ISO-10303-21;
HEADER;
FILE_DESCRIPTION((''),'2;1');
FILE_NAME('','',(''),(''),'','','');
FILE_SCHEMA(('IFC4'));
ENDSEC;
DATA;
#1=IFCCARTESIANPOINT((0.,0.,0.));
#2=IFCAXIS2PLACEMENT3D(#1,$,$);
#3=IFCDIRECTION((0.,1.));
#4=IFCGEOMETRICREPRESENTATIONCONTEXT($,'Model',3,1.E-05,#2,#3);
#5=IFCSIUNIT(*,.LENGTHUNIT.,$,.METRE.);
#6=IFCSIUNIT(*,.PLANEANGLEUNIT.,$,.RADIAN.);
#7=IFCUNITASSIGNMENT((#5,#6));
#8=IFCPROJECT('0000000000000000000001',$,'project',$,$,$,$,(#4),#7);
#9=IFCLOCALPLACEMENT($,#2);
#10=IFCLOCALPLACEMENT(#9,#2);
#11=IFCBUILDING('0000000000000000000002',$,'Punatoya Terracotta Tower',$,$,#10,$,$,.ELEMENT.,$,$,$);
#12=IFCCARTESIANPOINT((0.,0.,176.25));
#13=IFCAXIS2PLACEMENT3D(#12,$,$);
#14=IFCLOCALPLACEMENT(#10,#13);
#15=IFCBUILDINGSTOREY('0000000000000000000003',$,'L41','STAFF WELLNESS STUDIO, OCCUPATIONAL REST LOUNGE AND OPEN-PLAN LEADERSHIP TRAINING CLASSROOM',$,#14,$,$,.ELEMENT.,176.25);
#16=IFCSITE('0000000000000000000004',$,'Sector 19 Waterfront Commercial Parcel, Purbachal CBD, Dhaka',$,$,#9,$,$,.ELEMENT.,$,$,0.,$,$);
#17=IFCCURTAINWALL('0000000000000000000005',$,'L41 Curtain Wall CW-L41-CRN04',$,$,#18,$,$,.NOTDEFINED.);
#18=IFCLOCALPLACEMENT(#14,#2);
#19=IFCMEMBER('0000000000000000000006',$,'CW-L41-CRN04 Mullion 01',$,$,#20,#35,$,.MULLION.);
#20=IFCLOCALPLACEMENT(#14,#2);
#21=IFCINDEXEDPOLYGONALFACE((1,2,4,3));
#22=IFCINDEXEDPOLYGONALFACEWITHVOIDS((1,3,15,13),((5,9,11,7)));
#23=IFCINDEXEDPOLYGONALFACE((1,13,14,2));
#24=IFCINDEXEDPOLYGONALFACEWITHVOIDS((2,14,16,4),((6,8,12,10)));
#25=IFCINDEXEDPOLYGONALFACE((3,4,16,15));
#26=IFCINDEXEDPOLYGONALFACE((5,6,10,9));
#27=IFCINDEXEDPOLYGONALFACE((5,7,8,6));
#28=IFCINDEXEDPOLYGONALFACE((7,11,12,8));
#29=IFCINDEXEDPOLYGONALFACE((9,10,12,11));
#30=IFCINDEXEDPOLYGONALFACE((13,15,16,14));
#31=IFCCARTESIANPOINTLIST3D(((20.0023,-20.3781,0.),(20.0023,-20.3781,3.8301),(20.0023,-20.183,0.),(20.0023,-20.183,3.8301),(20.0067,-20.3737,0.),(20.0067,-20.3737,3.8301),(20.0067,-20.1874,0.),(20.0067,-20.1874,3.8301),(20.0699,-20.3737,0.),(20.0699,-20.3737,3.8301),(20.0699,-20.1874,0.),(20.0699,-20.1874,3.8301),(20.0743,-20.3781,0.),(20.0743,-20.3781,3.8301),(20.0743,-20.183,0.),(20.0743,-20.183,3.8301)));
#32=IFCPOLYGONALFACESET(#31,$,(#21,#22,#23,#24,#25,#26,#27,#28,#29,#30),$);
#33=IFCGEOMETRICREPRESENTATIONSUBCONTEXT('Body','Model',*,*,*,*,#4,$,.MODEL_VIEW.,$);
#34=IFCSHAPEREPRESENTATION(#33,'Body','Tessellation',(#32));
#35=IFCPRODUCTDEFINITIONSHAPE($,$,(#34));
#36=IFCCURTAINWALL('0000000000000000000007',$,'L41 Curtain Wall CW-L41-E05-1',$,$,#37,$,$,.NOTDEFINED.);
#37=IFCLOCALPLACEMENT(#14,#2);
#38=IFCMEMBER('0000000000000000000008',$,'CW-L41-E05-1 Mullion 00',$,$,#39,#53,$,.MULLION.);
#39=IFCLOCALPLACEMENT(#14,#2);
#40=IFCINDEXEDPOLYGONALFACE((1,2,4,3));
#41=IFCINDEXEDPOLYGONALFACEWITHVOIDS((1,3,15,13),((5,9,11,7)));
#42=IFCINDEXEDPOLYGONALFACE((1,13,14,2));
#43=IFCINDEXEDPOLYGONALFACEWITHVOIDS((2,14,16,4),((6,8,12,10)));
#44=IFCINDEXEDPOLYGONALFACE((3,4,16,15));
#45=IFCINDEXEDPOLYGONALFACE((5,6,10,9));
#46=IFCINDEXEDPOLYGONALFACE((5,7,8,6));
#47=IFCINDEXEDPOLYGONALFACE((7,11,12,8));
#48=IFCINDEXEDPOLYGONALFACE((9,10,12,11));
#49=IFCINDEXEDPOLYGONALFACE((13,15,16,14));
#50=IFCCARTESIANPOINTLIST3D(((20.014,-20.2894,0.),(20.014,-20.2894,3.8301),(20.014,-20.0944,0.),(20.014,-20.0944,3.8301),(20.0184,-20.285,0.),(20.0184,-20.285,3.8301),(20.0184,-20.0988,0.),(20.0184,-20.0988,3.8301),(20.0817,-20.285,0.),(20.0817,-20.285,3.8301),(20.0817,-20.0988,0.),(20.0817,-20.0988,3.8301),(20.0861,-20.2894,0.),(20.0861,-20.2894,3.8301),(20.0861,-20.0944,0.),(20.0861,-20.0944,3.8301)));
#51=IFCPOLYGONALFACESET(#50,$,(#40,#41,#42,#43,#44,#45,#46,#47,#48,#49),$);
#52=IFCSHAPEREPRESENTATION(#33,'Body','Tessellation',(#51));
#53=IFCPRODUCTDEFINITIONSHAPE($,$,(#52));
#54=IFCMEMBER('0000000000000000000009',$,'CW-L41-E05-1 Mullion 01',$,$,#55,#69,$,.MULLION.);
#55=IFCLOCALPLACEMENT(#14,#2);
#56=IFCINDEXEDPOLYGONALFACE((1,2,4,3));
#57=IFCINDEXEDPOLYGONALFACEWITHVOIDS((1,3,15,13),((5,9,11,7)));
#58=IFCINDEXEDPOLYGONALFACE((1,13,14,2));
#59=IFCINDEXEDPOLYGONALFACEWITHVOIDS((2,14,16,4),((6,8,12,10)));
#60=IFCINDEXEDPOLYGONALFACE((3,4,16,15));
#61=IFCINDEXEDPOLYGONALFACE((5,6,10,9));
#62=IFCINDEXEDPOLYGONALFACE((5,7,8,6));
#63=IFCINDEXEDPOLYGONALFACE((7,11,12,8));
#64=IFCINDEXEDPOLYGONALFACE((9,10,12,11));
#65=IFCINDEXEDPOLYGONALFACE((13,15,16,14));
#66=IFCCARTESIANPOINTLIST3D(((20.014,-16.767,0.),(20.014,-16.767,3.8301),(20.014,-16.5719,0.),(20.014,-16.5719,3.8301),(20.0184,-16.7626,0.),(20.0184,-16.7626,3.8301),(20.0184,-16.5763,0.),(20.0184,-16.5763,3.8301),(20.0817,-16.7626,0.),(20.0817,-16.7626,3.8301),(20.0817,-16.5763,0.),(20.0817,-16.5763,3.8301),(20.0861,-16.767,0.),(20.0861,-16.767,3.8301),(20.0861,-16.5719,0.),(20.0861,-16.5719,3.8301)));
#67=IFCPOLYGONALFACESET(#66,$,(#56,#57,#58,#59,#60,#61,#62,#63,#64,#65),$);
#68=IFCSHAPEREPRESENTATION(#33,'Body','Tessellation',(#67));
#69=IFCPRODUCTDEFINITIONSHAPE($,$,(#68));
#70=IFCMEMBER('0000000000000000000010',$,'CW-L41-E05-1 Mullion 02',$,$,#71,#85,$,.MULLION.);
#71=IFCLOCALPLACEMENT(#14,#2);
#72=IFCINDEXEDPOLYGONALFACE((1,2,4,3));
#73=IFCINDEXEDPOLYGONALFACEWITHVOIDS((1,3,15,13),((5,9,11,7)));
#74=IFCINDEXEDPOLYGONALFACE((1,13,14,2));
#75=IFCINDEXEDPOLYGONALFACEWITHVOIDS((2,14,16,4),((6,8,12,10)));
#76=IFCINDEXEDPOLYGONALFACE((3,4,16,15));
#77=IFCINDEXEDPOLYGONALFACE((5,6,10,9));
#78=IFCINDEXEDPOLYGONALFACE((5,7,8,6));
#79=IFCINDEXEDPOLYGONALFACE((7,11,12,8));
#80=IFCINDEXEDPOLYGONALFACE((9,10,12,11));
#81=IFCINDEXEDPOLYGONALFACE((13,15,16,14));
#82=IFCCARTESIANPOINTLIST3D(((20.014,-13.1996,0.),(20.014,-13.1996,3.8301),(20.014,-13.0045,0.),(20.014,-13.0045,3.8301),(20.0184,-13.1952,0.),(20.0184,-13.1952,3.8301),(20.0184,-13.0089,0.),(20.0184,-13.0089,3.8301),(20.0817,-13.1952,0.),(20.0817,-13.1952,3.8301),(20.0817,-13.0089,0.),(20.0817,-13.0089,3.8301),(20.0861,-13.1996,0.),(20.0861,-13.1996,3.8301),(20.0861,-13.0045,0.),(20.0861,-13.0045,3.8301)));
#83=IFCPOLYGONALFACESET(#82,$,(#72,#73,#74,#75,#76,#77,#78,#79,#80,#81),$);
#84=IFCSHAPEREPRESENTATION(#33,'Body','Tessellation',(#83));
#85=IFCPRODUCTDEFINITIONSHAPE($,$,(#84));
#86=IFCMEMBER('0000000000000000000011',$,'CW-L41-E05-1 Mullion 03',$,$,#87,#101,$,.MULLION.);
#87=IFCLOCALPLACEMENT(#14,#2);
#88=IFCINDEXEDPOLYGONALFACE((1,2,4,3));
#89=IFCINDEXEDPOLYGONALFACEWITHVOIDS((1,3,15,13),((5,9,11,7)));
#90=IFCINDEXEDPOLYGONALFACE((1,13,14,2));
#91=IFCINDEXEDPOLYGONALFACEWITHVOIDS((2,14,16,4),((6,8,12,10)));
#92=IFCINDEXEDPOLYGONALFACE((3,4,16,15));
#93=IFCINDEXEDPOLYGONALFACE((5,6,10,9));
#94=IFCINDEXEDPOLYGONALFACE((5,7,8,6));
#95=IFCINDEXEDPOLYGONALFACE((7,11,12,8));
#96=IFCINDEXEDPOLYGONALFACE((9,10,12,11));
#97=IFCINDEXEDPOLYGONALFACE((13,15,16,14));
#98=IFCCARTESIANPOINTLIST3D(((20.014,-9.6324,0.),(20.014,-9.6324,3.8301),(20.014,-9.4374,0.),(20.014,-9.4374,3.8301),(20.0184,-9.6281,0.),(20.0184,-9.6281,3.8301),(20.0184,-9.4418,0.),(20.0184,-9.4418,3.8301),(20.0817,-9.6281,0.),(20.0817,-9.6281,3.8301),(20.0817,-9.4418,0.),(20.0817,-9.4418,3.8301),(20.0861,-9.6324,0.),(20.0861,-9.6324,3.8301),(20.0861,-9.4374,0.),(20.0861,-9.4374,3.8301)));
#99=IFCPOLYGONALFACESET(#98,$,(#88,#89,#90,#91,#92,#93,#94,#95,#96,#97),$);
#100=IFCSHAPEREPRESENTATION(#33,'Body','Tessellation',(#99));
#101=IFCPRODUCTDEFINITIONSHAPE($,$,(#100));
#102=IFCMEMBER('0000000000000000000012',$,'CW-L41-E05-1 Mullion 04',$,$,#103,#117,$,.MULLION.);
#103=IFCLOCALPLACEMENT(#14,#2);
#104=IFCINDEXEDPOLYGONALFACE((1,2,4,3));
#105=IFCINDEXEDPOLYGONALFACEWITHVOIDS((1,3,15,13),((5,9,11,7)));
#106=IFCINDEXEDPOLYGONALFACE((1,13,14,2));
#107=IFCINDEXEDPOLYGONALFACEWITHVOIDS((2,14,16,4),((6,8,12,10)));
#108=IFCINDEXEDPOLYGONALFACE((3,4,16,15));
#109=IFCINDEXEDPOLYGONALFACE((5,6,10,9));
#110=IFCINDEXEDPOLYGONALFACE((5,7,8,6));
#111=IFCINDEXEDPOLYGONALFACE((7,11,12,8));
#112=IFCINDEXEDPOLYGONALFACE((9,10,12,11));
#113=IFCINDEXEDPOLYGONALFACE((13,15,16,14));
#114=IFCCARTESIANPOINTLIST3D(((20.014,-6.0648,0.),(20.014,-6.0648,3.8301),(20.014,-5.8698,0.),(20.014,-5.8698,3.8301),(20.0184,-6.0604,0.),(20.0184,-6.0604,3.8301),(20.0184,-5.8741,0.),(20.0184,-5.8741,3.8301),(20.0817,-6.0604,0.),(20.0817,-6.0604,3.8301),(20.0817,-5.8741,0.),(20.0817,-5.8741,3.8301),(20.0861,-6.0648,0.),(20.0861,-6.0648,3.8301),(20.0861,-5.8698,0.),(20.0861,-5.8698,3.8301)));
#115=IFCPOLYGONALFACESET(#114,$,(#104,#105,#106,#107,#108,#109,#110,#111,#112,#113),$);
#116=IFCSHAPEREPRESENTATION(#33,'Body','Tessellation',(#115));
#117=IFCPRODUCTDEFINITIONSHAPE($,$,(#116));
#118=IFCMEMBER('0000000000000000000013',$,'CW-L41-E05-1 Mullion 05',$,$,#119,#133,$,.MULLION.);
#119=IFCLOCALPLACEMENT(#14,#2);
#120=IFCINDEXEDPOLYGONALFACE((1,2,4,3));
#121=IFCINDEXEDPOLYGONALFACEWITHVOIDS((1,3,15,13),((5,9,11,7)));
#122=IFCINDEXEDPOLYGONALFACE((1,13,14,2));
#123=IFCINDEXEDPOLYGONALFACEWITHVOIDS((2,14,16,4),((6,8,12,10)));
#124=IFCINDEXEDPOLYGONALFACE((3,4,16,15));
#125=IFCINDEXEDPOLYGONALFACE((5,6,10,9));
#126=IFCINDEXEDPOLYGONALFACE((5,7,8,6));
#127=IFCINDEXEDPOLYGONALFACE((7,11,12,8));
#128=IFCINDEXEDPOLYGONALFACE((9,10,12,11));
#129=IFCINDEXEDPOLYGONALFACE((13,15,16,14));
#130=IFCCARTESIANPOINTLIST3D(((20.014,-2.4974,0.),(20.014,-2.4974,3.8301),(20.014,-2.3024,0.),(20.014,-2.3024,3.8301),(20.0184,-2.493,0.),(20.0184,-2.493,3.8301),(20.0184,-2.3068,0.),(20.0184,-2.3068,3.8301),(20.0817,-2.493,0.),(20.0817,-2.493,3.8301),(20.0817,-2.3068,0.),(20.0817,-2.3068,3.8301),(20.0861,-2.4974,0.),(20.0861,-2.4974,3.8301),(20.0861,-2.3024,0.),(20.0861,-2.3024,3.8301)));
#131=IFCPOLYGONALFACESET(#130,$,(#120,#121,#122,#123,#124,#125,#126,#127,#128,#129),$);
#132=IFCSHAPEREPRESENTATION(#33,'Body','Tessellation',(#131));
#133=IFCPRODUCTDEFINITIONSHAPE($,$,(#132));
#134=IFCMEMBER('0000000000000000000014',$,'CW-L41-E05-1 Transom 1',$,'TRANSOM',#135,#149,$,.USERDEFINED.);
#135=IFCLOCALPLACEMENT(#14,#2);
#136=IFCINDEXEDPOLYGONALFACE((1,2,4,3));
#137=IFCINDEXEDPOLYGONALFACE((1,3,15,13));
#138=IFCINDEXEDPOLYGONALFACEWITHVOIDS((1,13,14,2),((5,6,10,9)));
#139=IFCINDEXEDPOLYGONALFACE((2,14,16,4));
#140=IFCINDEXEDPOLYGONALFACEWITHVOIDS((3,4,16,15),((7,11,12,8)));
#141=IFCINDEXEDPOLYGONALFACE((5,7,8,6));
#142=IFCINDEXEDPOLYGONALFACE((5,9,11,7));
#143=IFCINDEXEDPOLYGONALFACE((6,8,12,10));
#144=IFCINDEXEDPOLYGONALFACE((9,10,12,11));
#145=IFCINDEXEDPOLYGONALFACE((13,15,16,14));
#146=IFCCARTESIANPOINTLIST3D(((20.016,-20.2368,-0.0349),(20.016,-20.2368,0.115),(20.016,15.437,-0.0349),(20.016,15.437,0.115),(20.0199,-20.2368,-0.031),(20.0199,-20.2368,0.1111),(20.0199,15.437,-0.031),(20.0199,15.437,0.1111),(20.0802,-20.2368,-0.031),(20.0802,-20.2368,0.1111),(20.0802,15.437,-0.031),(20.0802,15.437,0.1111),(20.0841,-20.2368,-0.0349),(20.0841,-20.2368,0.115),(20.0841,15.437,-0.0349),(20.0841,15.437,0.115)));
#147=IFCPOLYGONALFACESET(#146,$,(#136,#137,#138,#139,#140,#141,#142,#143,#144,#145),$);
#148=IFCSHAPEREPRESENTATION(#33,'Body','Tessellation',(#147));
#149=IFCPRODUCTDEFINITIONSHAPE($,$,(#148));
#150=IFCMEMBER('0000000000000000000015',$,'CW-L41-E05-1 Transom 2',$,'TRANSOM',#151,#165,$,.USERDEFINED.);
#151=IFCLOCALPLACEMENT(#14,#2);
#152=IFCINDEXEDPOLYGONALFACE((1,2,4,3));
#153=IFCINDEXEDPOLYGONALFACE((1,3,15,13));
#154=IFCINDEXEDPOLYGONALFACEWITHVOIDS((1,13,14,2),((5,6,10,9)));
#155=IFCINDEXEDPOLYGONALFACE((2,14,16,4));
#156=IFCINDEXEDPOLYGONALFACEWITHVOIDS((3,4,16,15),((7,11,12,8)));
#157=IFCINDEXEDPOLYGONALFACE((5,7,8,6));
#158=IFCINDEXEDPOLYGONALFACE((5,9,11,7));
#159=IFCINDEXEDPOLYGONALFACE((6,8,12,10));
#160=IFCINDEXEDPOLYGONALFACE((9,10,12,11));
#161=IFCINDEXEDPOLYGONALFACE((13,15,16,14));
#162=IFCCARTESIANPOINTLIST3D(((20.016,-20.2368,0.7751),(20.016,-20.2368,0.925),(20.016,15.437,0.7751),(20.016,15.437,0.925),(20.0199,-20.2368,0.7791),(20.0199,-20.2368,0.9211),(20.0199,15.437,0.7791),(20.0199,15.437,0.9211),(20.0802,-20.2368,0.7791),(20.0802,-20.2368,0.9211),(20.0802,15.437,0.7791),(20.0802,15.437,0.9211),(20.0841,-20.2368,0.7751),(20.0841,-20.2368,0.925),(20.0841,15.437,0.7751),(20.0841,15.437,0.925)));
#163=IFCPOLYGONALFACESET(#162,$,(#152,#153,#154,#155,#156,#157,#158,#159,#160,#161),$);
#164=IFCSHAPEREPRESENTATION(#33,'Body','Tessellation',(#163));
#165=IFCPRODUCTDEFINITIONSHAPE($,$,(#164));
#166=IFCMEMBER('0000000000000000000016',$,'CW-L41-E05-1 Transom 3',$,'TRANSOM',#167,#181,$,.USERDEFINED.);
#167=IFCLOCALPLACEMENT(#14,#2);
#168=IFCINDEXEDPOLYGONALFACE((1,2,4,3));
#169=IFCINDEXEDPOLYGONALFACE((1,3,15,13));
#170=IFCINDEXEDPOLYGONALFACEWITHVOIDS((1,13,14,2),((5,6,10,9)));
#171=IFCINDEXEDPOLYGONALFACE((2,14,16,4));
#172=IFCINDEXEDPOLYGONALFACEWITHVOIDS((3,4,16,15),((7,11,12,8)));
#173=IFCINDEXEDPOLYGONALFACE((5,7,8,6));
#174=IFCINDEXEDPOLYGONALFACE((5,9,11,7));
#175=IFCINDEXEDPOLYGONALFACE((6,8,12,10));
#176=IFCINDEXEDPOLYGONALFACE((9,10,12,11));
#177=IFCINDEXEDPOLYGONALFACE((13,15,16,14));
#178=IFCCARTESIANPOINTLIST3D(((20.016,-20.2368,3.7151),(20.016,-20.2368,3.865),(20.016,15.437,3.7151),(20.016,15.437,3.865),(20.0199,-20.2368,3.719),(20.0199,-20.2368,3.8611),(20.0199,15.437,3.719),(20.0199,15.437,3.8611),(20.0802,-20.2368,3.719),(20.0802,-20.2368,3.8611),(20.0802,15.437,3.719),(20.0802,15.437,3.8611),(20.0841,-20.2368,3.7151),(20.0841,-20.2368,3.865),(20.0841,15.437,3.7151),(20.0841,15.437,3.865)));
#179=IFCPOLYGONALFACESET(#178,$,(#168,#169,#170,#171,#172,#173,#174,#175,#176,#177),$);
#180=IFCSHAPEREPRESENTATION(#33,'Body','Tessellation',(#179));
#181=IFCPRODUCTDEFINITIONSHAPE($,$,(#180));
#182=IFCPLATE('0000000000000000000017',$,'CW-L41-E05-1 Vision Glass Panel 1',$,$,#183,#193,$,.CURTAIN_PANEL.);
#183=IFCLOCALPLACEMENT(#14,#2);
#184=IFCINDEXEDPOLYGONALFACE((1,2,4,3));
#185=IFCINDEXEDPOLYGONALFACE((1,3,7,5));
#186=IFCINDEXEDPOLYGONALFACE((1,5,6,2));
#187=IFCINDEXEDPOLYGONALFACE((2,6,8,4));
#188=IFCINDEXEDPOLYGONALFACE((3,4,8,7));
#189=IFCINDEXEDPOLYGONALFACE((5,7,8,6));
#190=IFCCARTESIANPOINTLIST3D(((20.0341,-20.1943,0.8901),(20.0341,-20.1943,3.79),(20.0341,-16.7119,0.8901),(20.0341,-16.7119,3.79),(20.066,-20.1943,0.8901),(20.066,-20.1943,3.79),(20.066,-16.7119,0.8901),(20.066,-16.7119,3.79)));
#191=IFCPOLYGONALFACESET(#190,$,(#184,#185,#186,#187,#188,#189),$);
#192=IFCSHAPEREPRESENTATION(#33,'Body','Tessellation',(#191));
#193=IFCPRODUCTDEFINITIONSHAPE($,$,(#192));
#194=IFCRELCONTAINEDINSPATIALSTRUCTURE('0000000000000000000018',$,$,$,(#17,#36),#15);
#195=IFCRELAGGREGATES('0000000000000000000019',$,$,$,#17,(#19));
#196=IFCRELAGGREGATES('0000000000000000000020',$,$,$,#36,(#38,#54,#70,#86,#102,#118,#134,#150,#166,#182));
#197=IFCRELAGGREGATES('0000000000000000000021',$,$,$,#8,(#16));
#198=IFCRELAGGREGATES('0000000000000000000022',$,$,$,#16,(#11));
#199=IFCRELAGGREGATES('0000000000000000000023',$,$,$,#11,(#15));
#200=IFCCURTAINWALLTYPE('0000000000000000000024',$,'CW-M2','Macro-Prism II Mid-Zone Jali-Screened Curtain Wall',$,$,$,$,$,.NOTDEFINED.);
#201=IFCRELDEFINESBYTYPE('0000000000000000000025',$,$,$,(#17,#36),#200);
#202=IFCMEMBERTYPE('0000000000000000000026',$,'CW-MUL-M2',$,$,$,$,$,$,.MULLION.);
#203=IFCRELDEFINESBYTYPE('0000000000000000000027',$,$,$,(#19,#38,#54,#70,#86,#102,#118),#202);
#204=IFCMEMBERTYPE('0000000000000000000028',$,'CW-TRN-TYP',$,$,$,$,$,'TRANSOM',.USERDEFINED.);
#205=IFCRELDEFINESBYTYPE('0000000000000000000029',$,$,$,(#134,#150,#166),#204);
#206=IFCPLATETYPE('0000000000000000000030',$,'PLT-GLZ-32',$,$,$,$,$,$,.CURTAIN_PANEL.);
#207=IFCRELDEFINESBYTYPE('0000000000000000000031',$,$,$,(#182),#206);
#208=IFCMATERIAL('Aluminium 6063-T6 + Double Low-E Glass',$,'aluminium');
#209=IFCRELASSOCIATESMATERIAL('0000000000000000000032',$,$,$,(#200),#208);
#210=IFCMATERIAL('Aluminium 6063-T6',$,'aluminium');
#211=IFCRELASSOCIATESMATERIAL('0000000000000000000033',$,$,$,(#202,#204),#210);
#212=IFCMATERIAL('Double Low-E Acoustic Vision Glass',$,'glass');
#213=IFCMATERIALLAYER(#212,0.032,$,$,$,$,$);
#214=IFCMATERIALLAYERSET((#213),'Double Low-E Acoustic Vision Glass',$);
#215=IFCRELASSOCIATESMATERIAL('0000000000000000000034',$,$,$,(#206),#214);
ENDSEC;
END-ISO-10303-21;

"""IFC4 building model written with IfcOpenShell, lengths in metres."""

from ifc_helpers import new_model, si_unit, direction, frame, origin, origin_2d, place, context, subcontext, project, spatial, rectangle, hollow_rectangle, extrude, material, layer, layer_set, material_profile, profile_set, type_object, element, aggregate, save


model = new_model("IFC4")

# Units and contexts
model_context = context("Model", 3, precision=1e-05, world=origin(), true_north=direction((0.0, 1.0)))
body_context = subcontext(model_context, "Body", "Model", "MODEL_VIEW")
ifc_project = project(units=[si_unit("LENGTHUNIT", "METRE"), si_unit("PLANEANGLEUNIT", "RADIAN")], contexts=[model_context])

# Site, building, storey
site_placement = place(None, origin())
site = spatial("IfcSite", under=ifc_project, at=site_placement, Name="Sector 19 Waterfront Commercial Parcel, Purbachal CBD, Dhaka", CompositionType="ELEMENT", RefElevation=0.0)
building_placement = place(site_placement, origin())
building = spatial("IfcBuilding", under=site, at=building_placement, Name="Punatoya Terracotta Tower", CompositionType="ELEMENT")
storey_placement = place(building_placement, frame((0.0, 0.0, 176.25)))
storey = spatial("IfcBuildingStorey", under=building, at=storey_placement, Name="L41", Description="STAFF WELLNESS STUDIO, OCCUPATIONAL REST LOUNGE AND OPEN-PLAN LEADERSHIP TRAINING CLASSROOM", CompositionType="ELEMENT", Elevation=176.25)

# Curtain wall, member
ifc_material_1 = material(Name="Aluminium 6063-T6 + Double Low-E Glass", Category="aluminium")
curtain_wall_type = type_object("IfcCurtainWallType", Name="CW-M2", Description="Macro-Prism II Mid-Zone Jali-Screened Curtain Wall", PredefinedType="NOTDEFINED", material=ifc_material_1)
curtain_wall_1_placement = place(storey_placement, origin())
curtain_wall_1 = element("IfcCurtainWall", 1, at=curtain_wall_1_placement, inside=storey, type_object=curtain_wall_type, Name="L41 Curtain Wall CW-L41-CRN04", PredefinedType="NOTDEFINED")
ifc_material_2 = material(Name="Aluminium 6063-T6", Category="aluminium")
ifc_material_profile_1 = material_profile(ifc_material_2, hollow_rectangle(XDim=0.072, YDim=0.1951, WallThickness=0.0044, at=origin_2d()))
ifc_profile_set_1 = profile_set([ifc_material_profile_1], Name="Aluminium 6063-T6")
member_type_1 = type_object("IfcMemberType", Name="CW-MUL-M2", PredefinedType="MULLION", material=ifc_profile_set_1)
member_1_placement = place(storey_placement, frame((20.0383, -20.2805, 0.0), z_axis=(0.0, 0.0, 1.0), x_axis=(1.0, 0.0, 0.0)))
member_1 = element("IfcMember", 2, at=member_1_placement, type_object=member_type_1, Name="CW-L41-CRN04 Mullion 01", PredefinedType="MULLION", context=body_context, shape_type="SweptSolid", body=[
    extrude(hollow_rectangle(XDim=0.072, YDim=0.1951, WallThickness=0.0044, at=origin_2d()), origin(), (0.0, 0.0, 1.0), 3.8301),
])
aggregate(curtain_wall_1, [member_1])

# Curtain wall, members, plate
curtain_wall_2_placement = place(storey_placement, origin())
curtain_wall_2 = element("IfcCurtainWall", 3, at=curtain_wall_2_placement, inside=storey, type_object=curtain_wall_type, Name="L41 Curtain Wall CW-L41-E05-1", PredefinedType="NOTDEFINED")
member_2_placement = place(storey_placement, frame((20.05, -20.1919, 0.0), z_axis=(0.0, 0.0, 1.0), x_axis=(1.0, 0.0, 0.0)))
member_2 = element("IfcMember", 4, at=member_2_placement, type_object=member_type_1, Name="CW-L41-E05-1 Mullion 00", PredefinedType="MULLION", context=body_context, shape_type="SweptSolid", body=[
    extrude(hollow_rectangle(XDim=0.072, YDim=0.1951, WallThickness=0.0044, at=origin_2d()), origin(), (0.0, 0.0, 1.0), 3.8301),
])
member_3_placement = place(storey_placement, frame((20.05, -16.6694, 0.0), z_axis=(0.0, 0.0, 1.0), x_axis=(1.0, 0.0, 0.0)))
member_3 = element("IfcMember", 5, at=member_3_placement, type_object=member_type_1, Name="CW-L41-E05-1 Mullion 01", PredefinedType="MULLION", context=body_context, shape_type="SweptSolid", body=[
    extrude(hollow_rectangle(XDim=0.072, YDim=0.1951, WallThickness=0.0044, at=origin_2d()), origin(), (0.0, 0.0, 1.0), 3.8301),
])
member_4_placement = place(storey_placement, frame((20.05, -13.1021, 0.0), z_axis=(0.0, 0.0, 1.0), x_axis=(1.0, 0.0, 0.0)))
member_4 = element("IfcMember", 6, at=member_4_placement, type_object=member_type_1, Name="CW-L41-E05-1 Mullion 02", PredefinedType="MULLION", context=body_context, shape_type="SweptSolid", body=[
    extrude(hollow_rectangle(XDim=0.072, YDim=0.1951, WallThickness=0.0044, at=origin_2d()), origin(), (0.0, 0.0, 1.0), 3.8301),
])
member_5_placement = place(storey_placement, frame((20.05, -9.5349, 0.0), z_axis=(0.0, 0.0, 1.0), x_axis=(1.0, 0.0, 0.0)))
member_5 = element("IfcMember", 7, at=member_5_placement, type_object=member_type_1, Name="CW-L41-E05-1 Mullion 03", PredefinedType="MULLION", context=body_context, shape_type="SweptSolid", body=[
    extrude(hollow_rectangle(XDim=0.072, YDim=0.1951, WallThickness=0.0044, at=origin_2d()), origin(), (0.0, 0.0, 1.0), 3.8301),
])
member_6_placement = place(storey_placement, frame((20.05, -5.9673, 0.0), z_axis=(0.0, 0.0, 1.0), x_axis=(1.0, 0.0, 0.0)))
member_6 = element("IfcMember", 8, at=member_6_placement, type_object=member_type_1, Name="CW-L41-E05-1 Mullion 04", PredefinedType="MULLION", context=body_context, shape_type="SweptSolid", body=[
    extrude(hollow_rectangle(XDim=0.072, YDim=0.1951, WallThickness=0.0044, at=origin_2d()), origin(), (0.0, 0.0, 1.0), 3.8301),
])
member_7_placement = place(storey_placement, frame((20.05, -2.3999, 0.0), z_axis=(0.0, 0.0, 1.0), x_axis=(1.0, 0.0, 0.0)))
member_7 = element("IfcMember", 9, at=member_7_placement, type_object=member_type_1, Name="CW-L41-E05-1 Mullion 05", PredefinedType="MULLION", context=body_context, shape_type="SweptSolid", body=[
    extrude(hollow_rectangle(XDim=0.072, YDim=0.1951, WallThickness=0.0044, at=origin_2d()), origin(), (0.0, 0.0, 1.0), 3.8301),
])
ifc_material_profile_2 = material_profile(ifc_material_2, hollow_rectangle(XDim=0.0681, YDim=0.1499, WallThickness=0.0039, at=origin_2d()))
ifc_profile_set_2 = profile_set([ifc_material_profile_2], Name="Aluminium 6063-T6")
member_type_2 = type_object("IfcMemberType", Name="CW-TRN-TYP", ElementType="TRANSOM", PredefinedType="USERDEFINED", material=ifc_profile_set_2)
member_8_placement = place(storey_placement, frame((20.05, -20.2368, 0.04), z_axis=(0.0, 1.0, 0.0), x_axis=(-1.0, 0.0, 0.0)))
member_8 = element("IfcMember", 10, at=member_8_placement, type_object=member_type_2, Name="CW-L41-E05-1 Transom 1", ObjectType="TRANSOM", PredefinedType="USERDEFINED", context=body_context, shape_type="SweptSolid", body=[
    extrude(hollow_rectangle(XDim=0.0681, YDim=0.1499, WallThickness=0.0039, at=origin_2d()), origin(), (0.0, 0.0, 1.0), 35.6738),
])
member_9_placement = place(storey_placement, frame((20.05, -20.2368, 0.8501), z_axis=(0.0, 1.0, 0.0), x_axis=(-1.0, 0.0, 0.0)))
member_9 = element("IfcMember", 11, at=member_9_placement, type_object=member_type_2, Name="CW-L41-E05-1 Transom 2", ObjectType="TRANSOM", PredefinedType="USERDEFINED", context=body_context, shape_type="SweptSolid", body=[
    extrude(hollow_rectangle(XDim=0.0681, YDim=0.1499, WallThickness=0.0039, at=origin_2d()), origin(), (0.0, 0.0, 1.0), 35.6738),
])
member_10_placement = place(storey_placement, frame((20.05, -20.2368, 3.79), z_axis=(0.0, 1.0, 0.0), x_axis=(-1.0, 0.0, 0.0)))
member_10 = element("IfcMember", 12, at=member_10_placement, type_object=member_type_2, Name="CW-L41-E05-1 Transom 3", ObjectType="TRANSOM", PredefinedType="USERDEFINED", context=body_context, shape_type="SweptSolid", body=[
    extrude(hollow_rectangle(XDim=0.0681, YDim=0.1499, WallThickness=0.0039, at=origin_2d()), origin(), (0.0, 0.0, 1.0), 35.6738),
])
ifc_material_3 = material(Name="Double Low-E Acoustic Vision Glass", Category="glass")
ifc_layer_1 = layer(ifc_material_3, 0.032)
ifc_layer_set_1 = layer_set([ifc_layer_1], Name="Double Low-E Acoustic Vision Glass")
plate_type_1 = type_object("IfcPlateType", Name="PLT-GLZ-32", PredefinedType="CURTAIN_PANEL", material=ifc_layer_set_1)
plate_1_placement = place(storey_placement, frame((20.05, -18.4531, 0.8901), z_axis=(0.0, 0.0, 1.0), x_axis=(0.0, 1.0, 0.0)))
plate_1 = element("IfcPlate", 13, at=plate_1_placement, type_object=plate_type_1, Name="CW-L41-E05-1 Vision Glass Panel 1", PredefinedType="CURTAIN_PANEL", context=body_context, shape_type="SweptSolid", body=[
    extrude(rectangle(XDim=3.4824, YDim=0.032, at=origin_2d()), origin(), (0.0, 0.0, 1.0), 2.8999),
])
aggregate(curtain_wall_2, [member_2, member_3, member_4, member_5, member_6, member_7, member_8, member_9, member_10, plate_1])

save(model, "model.ifc")
